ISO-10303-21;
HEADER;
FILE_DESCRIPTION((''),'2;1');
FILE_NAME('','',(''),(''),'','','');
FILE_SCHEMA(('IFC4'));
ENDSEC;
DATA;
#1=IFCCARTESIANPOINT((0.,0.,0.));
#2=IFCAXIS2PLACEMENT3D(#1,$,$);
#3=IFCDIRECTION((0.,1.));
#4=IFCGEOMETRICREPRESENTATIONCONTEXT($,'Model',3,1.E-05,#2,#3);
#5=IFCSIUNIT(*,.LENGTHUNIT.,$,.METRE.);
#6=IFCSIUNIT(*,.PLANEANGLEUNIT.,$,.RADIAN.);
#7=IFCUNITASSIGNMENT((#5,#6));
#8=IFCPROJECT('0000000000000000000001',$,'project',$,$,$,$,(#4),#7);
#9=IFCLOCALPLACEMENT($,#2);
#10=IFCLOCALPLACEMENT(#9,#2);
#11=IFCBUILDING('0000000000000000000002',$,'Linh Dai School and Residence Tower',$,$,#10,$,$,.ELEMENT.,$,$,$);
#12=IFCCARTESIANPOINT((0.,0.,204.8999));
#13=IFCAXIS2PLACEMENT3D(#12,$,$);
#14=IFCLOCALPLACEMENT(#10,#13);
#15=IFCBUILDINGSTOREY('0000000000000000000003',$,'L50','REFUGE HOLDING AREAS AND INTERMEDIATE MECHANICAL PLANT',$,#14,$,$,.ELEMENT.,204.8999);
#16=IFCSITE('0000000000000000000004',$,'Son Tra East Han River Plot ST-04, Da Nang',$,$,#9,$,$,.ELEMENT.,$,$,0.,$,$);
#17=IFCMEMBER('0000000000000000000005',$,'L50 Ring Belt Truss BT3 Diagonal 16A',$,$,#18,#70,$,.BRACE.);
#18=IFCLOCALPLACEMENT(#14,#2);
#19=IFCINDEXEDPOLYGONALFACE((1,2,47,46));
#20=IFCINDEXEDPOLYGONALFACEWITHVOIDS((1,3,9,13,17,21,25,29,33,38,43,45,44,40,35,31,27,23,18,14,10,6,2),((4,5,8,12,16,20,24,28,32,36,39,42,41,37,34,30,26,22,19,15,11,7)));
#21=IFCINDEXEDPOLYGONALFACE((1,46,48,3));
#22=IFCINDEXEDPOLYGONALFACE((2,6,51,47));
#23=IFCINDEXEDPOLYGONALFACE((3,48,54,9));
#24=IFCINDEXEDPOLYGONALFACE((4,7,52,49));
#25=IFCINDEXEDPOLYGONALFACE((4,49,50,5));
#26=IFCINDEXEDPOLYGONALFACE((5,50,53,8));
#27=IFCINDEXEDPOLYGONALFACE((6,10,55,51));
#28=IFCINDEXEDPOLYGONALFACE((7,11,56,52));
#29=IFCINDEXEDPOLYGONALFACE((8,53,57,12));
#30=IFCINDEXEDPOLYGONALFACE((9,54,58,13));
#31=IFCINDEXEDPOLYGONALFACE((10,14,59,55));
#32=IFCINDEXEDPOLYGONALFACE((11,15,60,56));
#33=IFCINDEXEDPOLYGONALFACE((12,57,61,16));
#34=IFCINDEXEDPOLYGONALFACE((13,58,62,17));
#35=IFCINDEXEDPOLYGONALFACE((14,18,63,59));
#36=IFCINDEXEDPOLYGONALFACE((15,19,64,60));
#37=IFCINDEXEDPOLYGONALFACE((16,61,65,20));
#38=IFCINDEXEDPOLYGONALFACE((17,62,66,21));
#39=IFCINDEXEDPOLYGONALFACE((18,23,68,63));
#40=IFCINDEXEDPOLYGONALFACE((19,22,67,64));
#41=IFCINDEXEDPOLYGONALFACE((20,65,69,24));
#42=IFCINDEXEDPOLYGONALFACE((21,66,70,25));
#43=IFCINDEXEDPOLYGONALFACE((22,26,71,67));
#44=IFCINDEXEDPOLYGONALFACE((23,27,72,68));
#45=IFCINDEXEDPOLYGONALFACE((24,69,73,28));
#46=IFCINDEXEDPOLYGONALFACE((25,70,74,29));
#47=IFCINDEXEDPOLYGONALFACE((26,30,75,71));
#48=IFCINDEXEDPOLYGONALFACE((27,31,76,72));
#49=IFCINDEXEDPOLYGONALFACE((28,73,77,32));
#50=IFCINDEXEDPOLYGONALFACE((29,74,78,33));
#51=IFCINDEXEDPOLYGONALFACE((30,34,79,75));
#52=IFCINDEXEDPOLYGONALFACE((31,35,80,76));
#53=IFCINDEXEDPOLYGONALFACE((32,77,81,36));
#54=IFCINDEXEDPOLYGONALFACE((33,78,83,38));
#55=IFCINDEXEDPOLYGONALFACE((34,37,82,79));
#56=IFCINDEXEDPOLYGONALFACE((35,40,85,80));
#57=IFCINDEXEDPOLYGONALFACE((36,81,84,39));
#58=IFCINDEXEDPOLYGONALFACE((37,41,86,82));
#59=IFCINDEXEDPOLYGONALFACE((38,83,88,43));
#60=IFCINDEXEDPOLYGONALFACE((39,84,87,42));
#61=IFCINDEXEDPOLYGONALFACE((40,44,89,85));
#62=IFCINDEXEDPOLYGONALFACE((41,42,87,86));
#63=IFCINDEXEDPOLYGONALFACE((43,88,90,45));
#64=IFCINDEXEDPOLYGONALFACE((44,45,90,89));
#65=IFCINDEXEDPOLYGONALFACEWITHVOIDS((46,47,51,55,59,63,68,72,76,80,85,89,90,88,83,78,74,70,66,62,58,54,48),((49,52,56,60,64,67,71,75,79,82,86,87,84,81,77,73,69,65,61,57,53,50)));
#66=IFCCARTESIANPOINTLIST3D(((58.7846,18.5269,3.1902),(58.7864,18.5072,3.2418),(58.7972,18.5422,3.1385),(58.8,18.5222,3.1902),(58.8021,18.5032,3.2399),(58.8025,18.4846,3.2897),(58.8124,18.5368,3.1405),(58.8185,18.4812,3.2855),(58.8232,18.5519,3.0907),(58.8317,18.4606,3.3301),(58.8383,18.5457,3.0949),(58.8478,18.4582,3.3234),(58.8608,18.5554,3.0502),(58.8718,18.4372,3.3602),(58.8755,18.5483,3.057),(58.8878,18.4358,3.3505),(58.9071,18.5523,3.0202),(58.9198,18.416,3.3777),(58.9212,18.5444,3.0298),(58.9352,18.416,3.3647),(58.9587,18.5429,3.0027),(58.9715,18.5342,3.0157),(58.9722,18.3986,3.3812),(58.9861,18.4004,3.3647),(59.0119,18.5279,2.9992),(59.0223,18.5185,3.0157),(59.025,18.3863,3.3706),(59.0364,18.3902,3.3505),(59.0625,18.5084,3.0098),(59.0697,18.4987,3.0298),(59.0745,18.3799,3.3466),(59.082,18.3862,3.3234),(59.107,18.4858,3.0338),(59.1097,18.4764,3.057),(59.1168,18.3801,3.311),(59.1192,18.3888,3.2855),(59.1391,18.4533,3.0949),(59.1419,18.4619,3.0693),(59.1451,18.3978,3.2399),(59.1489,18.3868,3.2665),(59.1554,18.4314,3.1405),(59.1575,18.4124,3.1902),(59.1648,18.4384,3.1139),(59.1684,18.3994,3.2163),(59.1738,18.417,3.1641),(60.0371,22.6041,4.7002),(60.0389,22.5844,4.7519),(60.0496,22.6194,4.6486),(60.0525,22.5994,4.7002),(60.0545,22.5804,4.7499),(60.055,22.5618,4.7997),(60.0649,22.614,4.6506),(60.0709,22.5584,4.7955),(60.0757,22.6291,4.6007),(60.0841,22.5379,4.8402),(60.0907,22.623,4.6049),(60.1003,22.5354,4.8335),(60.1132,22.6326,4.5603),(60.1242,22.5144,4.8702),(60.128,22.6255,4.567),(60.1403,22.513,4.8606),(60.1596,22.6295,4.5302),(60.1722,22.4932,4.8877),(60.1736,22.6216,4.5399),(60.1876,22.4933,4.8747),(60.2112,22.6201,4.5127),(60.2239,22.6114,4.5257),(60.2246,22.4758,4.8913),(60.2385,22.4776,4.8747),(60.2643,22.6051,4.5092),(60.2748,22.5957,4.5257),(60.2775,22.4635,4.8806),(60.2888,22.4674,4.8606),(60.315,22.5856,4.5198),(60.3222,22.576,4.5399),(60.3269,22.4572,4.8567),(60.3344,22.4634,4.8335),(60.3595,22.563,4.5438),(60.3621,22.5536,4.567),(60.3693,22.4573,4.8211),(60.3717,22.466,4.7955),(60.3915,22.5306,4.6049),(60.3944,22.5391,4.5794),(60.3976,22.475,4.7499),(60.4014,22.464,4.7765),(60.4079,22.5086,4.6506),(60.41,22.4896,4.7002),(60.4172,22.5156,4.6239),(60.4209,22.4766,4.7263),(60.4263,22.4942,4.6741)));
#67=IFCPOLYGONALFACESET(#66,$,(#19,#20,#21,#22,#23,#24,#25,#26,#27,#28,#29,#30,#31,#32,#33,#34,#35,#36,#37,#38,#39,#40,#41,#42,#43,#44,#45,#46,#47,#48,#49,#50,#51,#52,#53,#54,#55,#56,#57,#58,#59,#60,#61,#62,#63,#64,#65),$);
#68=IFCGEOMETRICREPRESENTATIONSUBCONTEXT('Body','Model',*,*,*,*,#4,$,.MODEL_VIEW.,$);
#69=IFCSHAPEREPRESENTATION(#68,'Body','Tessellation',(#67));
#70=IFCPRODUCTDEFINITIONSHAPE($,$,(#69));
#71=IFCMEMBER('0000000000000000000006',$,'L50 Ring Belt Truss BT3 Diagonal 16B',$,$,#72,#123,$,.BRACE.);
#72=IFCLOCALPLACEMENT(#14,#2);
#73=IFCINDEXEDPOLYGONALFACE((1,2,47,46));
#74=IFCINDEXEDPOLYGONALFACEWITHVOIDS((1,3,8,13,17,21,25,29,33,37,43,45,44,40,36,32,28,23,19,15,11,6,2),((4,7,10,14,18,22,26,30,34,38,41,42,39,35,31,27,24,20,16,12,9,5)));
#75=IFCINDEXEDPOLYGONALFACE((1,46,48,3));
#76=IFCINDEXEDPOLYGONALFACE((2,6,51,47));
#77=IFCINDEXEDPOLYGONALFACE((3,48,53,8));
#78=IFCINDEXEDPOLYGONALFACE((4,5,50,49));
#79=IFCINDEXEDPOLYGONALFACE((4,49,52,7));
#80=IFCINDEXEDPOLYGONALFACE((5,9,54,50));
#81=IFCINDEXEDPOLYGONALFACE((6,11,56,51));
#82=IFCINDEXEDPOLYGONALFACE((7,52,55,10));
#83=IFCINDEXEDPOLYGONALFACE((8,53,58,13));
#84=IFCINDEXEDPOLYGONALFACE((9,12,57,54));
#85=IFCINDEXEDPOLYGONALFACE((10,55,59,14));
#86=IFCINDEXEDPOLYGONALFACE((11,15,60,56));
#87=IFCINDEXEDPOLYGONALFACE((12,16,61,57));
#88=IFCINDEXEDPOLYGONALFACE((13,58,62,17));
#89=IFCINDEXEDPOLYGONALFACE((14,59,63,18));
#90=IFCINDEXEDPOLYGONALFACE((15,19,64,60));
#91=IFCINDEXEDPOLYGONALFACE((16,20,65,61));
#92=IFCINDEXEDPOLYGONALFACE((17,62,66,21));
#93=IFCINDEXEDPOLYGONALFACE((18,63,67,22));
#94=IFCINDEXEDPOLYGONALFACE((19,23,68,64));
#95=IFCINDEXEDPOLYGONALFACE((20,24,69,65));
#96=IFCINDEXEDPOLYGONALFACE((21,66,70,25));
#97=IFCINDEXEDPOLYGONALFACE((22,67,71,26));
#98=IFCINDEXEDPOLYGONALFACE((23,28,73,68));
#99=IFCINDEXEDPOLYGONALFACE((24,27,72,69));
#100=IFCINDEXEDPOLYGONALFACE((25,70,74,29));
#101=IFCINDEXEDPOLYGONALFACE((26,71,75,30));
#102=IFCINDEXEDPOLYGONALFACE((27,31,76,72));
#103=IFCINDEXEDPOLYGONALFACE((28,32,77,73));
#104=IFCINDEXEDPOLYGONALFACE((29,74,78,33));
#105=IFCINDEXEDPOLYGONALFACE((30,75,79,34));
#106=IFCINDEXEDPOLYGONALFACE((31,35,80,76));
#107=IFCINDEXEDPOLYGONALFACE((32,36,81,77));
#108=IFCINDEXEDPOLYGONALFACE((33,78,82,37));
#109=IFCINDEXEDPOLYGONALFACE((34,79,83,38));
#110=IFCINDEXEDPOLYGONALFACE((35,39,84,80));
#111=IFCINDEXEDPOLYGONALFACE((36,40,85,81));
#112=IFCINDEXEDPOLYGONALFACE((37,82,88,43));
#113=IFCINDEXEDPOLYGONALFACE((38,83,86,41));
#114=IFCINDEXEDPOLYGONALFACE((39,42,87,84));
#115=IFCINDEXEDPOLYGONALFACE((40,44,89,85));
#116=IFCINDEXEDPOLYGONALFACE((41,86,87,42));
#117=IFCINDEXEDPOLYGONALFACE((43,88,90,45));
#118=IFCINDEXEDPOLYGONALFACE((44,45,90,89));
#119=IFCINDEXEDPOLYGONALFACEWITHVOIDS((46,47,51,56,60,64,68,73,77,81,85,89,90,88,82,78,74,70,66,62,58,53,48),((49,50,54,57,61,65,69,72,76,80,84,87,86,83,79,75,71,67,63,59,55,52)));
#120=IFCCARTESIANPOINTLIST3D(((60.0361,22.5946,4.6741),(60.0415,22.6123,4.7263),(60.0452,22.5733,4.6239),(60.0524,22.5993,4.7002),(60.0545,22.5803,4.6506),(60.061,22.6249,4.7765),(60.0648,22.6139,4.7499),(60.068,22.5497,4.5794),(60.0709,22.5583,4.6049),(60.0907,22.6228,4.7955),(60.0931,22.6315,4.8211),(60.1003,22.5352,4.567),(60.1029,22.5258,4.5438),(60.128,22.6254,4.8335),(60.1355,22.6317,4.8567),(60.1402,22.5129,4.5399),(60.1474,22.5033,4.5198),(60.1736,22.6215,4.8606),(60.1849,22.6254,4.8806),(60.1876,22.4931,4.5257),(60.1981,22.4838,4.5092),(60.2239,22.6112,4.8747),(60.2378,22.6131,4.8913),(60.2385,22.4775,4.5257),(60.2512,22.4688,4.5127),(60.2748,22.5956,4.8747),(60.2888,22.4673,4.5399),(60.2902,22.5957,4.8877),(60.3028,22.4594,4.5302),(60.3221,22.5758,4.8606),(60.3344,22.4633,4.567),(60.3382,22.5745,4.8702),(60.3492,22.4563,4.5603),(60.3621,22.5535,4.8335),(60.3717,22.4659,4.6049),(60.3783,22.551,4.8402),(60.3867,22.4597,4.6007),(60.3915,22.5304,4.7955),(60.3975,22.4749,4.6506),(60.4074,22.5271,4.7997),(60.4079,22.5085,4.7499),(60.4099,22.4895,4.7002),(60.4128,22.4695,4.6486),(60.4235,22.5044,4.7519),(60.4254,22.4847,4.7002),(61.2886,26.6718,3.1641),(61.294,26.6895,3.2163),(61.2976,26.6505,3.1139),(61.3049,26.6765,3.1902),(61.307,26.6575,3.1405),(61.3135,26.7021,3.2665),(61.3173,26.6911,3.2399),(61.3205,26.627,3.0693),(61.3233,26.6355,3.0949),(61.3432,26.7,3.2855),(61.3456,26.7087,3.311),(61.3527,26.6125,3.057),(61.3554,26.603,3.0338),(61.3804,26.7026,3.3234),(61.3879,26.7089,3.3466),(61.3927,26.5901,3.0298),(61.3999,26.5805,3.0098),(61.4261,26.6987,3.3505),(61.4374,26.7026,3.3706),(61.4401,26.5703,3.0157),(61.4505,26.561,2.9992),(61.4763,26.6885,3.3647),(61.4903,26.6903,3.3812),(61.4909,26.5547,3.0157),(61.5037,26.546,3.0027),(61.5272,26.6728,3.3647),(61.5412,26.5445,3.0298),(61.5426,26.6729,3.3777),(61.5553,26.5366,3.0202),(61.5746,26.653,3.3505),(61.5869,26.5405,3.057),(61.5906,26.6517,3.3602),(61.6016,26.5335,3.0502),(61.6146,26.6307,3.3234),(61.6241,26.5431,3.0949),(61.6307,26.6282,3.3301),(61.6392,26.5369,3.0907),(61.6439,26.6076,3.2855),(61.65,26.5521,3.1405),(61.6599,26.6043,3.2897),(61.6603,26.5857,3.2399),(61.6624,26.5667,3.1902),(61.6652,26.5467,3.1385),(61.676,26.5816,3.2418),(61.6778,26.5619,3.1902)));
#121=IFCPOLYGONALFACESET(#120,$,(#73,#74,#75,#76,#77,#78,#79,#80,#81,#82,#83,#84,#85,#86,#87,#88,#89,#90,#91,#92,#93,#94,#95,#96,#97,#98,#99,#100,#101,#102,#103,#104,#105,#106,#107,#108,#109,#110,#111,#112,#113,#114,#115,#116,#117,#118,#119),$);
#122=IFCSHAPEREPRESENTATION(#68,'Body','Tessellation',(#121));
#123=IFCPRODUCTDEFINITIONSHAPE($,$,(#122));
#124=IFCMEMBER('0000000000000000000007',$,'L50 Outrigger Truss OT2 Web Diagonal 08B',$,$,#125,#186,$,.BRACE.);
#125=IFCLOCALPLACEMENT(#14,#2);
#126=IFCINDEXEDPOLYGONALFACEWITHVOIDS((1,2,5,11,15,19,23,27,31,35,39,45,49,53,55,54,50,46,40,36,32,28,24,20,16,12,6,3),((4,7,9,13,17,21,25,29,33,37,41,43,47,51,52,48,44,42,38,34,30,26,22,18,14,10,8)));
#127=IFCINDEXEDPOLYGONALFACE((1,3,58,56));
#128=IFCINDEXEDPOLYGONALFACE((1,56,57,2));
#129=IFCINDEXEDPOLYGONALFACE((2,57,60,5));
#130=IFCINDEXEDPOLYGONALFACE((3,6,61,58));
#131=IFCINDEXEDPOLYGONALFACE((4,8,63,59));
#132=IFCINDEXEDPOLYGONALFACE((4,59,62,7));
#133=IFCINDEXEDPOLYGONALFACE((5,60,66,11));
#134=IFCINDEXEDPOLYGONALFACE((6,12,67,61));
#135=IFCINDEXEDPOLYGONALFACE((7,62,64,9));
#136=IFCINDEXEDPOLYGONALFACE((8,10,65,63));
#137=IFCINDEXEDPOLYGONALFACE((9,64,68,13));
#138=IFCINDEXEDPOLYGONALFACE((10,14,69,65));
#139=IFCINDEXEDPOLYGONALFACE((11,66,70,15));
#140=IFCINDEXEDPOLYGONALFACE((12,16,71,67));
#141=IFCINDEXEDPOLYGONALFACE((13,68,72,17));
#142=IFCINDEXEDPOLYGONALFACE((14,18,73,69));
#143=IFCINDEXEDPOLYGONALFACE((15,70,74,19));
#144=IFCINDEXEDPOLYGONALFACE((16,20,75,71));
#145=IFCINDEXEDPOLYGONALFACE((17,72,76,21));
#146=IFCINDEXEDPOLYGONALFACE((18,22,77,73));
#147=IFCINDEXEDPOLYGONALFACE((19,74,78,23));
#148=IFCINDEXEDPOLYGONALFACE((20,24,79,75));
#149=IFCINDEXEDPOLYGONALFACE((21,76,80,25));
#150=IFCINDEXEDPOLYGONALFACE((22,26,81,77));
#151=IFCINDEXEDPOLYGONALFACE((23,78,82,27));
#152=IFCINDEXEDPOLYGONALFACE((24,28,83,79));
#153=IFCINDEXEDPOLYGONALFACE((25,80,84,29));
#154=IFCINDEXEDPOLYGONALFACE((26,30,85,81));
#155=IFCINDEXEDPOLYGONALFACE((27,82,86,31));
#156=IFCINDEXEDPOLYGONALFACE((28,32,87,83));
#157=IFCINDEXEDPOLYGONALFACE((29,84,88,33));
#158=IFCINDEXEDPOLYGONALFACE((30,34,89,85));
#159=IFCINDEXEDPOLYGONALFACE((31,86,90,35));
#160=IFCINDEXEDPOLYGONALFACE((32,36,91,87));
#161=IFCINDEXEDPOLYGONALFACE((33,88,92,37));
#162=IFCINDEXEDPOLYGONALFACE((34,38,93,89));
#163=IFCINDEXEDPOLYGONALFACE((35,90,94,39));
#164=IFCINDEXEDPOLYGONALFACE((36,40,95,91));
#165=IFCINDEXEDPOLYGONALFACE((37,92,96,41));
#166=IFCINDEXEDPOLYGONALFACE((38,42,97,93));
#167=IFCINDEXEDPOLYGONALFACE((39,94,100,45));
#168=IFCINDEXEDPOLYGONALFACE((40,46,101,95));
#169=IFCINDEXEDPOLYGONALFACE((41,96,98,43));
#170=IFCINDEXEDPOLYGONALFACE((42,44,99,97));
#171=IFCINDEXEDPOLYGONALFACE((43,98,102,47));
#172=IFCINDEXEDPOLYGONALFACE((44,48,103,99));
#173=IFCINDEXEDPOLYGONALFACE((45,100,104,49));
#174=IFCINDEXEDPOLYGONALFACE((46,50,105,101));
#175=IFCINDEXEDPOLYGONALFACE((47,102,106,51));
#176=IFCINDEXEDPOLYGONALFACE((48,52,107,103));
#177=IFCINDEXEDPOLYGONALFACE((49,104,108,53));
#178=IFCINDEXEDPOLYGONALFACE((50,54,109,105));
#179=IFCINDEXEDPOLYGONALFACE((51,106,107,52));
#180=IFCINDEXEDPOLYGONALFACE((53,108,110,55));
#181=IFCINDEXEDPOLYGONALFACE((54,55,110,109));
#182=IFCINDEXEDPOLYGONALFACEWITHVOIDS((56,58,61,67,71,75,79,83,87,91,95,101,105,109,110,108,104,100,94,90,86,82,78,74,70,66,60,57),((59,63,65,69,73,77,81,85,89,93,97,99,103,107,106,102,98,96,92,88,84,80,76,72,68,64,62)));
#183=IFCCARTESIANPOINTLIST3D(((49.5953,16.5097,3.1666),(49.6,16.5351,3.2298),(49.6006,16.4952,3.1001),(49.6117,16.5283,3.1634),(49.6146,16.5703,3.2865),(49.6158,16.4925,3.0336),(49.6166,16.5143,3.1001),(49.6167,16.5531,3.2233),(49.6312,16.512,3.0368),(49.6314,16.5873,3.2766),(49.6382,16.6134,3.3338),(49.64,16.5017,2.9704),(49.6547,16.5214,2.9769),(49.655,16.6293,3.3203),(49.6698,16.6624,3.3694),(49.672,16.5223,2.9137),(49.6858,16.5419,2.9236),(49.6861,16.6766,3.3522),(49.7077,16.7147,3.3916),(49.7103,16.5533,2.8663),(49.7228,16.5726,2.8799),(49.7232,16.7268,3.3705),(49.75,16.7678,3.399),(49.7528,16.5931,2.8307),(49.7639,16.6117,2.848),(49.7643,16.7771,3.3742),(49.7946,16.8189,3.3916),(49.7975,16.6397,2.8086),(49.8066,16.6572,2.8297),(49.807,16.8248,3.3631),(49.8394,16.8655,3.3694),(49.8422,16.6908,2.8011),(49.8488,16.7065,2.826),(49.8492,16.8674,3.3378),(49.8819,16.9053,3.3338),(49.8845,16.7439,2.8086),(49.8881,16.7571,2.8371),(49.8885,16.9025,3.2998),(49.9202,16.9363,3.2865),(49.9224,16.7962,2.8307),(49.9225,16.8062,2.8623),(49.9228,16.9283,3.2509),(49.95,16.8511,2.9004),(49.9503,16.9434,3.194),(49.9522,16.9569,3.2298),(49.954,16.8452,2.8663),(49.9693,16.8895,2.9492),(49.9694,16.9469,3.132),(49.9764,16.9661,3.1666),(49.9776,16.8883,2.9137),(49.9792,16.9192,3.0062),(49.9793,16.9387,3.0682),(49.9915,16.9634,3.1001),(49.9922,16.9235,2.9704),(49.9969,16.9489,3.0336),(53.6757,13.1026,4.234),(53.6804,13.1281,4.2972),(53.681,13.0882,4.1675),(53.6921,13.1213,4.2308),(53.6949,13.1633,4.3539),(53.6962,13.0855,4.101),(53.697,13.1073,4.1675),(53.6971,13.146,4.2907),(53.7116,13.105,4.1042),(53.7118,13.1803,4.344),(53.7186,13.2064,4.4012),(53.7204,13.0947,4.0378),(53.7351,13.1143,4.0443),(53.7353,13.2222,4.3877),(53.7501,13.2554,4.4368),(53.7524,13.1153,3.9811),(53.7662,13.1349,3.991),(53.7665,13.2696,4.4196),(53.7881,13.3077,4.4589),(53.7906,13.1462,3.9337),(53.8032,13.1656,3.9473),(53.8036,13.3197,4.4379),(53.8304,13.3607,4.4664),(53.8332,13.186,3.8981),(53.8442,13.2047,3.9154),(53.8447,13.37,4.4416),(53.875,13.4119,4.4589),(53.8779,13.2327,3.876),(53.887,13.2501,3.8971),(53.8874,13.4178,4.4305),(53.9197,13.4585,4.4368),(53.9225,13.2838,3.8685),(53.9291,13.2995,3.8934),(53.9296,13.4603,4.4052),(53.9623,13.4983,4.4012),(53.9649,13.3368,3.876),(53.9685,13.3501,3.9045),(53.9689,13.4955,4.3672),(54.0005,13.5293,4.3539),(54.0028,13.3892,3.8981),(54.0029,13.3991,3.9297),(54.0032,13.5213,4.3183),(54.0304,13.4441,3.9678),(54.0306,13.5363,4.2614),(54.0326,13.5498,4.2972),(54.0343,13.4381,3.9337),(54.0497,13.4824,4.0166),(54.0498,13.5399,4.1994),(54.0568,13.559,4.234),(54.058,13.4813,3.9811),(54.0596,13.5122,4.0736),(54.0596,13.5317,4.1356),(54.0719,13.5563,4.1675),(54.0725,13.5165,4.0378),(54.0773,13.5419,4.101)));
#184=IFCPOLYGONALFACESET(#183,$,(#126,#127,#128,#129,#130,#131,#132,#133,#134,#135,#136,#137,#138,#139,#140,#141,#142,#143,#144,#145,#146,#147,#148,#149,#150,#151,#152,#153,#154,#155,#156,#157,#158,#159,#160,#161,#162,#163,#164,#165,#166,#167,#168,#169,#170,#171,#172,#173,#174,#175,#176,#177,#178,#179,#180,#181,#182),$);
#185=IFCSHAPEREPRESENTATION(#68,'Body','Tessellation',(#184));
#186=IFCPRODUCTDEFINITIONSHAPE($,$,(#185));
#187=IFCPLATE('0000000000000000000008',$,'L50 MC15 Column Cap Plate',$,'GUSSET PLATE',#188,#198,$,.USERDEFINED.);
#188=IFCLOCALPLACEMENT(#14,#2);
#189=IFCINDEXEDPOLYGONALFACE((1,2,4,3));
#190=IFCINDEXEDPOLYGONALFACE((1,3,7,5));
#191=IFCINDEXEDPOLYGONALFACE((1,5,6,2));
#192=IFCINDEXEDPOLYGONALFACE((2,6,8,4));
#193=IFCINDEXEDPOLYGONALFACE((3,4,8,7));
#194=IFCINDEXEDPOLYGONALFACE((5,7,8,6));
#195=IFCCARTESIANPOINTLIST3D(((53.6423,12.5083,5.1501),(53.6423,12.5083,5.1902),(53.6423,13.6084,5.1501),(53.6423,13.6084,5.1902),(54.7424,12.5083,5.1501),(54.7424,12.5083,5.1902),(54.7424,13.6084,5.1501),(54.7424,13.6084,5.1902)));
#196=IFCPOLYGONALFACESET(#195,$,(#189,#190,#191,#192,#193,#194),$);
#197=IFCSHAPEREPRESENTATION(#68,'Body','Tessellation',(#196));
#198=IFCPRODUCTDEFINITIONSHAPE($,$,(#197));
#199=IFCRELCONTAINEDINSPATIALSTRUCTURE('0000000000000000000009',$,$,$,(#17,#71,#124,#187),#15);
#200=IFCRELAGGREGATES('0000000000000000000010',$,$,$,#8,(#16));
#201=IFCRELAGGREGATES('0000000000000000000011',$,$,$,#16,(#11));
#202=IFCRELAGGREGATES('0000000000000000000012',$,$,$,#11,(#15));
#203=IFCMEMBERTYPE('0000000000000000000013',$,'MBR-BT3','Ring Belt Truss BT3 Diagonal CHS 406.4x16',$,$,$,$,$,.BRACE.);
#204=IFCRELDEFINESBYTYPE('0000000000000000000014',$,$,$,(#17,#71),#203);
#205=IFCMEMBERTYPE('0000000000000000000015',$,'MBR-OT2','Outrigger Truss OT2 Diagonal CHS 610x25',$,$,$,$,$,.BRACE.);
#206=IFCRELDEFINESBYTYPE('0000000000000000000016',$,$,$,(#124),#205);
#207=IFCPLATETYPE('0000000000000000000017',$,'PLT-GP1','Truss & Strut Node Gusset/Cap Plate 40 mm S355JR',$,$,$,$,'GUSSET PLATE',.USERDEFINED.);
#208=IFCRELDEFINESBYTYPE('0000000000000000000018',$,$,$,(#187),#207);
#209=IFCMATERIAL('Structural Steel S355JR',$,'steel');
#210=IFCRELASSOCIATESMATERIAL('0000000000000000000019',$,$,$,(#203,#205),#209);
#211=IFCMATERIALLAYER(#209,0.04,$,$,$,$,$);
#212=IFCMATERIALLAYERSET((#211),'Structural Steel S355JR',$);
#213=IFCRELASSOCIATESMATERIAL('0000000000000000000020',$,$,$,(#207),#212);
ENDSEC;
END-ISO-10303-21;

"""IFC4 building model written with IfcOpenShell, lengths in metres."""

from ifc_helpers import new_model, si_unit, direction, frame, origin, origin_2d, place, context, subcontext, project, spatial, rectangle, hollow_circle, extrude, source, transform, mapped, material, layer, layer_set, material_profile, profile_set, type_object, element, save


model = new_model("IFC4")

# Units and contexts
model_context = context("Model", 3, precision=1e-05, world=origin(), true_north=direction((0.0, 1.0)))
body_context = subcontext(model_context, "Body", "Model", "MODEL_VIEW")
ifc_project = project(units=[si_unit("LENGTHUNIT", "METRE"), si_unit("PLANEANGLEUNIT", "RADIAN")], contexts=[model_context])

# Site, building, storey
site_placement = place(None, origin())
site = spatial("IfcSite", under=ifc_project, at=site_placement, Name="Son Tra East Han River Plot ST-04, Da Nang", CompositionType="ELEMENT", RefElevation=0.0)
building_placement = place(site_placement, origin())
building = spatial("IfcBuilding", under=site, at=building_placement, Name="Linh Dai School and Residence Tower", CompositionType="ELEMENT")
storey_placement = place(building_placement, frame((0.0, 0.0, 204.8999)))
storey = spatial("IfcBuildingStorey", under=building, at=storey_placement, Name="L50", Description="REFUGE HOLDING AREAS AND INTERMEDIATE MECHANICAL PLANT", CompositionType="ELEMENT", Elevation=204.8999)

# Shared definitions
ifc_material_1 = material(Name="Structural Steel S355JR", Category="steel")

# Members
ifc_material_profile_1 = material_profile(ifc_material_1, hollow_circle(Radius=0.2031, WallThickness=0.0161, at=origin_2d()), Name="CHS 406.4x16")
ifc_profile_set_1 = profile_set([ifc_material_profile_1], Name="Structural Steel S355JR")
member_type_1 = type_object("IfcMemberType", Name="MBR-BT3", Description="Ring Belt Truss BT3 Diagonal CHS 406.4x16", PredefinedType="BRACE", material=ifc_profile_set_1)
for number, where, z_axis, x_axis, name in (
    (1, (58.9788, 18.4673, 3.1902), (0.276808, 0.90111, 0.333734), (-0.955915, 0.293643, 0.0), "L50 Ring Belt Truss BT3 Diagonal 16A"),
    (2, (61.4836, 26.6216, 3.1902), (-0.276808, -0.90111, 0.333734), (0.955915, -0.293643, 0.0), "L50 Ring Belt Truss BT3 Diagonal 16B"),
):
    element("IfcMember", number, at=place(storey_placement, frame(where, z_axis=z_axis, x_axis=x_axis)), inside=storey, type_object=member_type_1, Name=name, PredefinedType="BRACE", context=body_context, shape_type="SweptSolid", body=[
        extrude(hollow_circle(Radius=0.2031, WallThickness=0.0161, at=origin_2d()), origin(), (0.0, 0.0, 1.0), 4.5247),
    ])
ifc_material_profile_2 = material_profile(ifc_material_1, hollow_circle(Radius=0.3049, WallThickness=0.0249, at=origin_2d()), Name="CHS 610x25")
ifc_profile_set_2 = profile_set([ifc_material_profile_2], Name="Structural Steel S355JR")
member_type_2 = type_object("IfcMemberType", Name="MBR-OT2", Description="Outrigger Truss OT2 Diagonal CHS 610x25", PredefinedType="BRACE", material=ifc_profile_set_2)
member_1_placement = place(storey_placement, frame((53.8765, 13.3223, 4.1675), z_axis=(-0.752578, 0.628386, -0.196869), x_axis=(-0.640929, -0.7676, 0.0)))
element("IfcMember", 3, at=member_1_placement, inside=storey, type_object=member_type_2, Name="L50 Outrigger Truss OT2 Web Diagonal 08B", PredefinedType="BRACE", context=body_context, shape_type="SweptSolid", body=[
    extrude(hollow_circle(Radius=0.3049, WallThickness=0.0249, at=origin_2d()), origin(), (0.0, 0.0, 1.0), 5.4219),
])

# Plate
ifc_layer_1 = layer(ifc_material_1, 0.04)
ifc_layer_set_1 = layer_set([ifc_layer_1], Name="Structural Steel S355JR")
plate_type = type_object("IfcPlateType", Name="PLT-GP1", Description="Truss & Strut Node Gusset/Cap Plate 40 mm S355JR", ElementType="GUSSET PLATE", PredefinedType="USERDEFINED", material=ifc_layer_set_1)
shared_shape_1 = source(origin(), body_context, "Body", "SweptSolid", [
    extrude(rectangle(XDim=1.1001, YDim=1.1001, at=origin_2d()), origin(), (0.0, 0.0, 1.0), 0.04),
])
for number, where, z_axis, x_axis, name in (
    (4, (54.1924, 13.0583, 5.1501), (0.0, 0.0, 1.0), (1.0, 0.0, 0.0), "L50 MC15 Column Cap Plate"),
):
    element("IfcPlate", number, at=place(storey_placement, frame(where, z_axis=z_axis, x_axis=x_axis)), inside=storey, type_object=plate_type, Name=name, ObjectType="GUSSET PLATE", PredefinedType="USERDEFINED", context=body_context, shape_type="MappedRepresentation", body=[
        mapped(shared_shape_1, transform((0.0, 0.0, 0.0), x_axis=(1.0, 0.0, 0.0), y_axis=(0.0, 1.0, 0.0), z_axis=(0.0, 0.0, 1.0), scale=1.0)),
    ])

save(model, "model.ifc")
